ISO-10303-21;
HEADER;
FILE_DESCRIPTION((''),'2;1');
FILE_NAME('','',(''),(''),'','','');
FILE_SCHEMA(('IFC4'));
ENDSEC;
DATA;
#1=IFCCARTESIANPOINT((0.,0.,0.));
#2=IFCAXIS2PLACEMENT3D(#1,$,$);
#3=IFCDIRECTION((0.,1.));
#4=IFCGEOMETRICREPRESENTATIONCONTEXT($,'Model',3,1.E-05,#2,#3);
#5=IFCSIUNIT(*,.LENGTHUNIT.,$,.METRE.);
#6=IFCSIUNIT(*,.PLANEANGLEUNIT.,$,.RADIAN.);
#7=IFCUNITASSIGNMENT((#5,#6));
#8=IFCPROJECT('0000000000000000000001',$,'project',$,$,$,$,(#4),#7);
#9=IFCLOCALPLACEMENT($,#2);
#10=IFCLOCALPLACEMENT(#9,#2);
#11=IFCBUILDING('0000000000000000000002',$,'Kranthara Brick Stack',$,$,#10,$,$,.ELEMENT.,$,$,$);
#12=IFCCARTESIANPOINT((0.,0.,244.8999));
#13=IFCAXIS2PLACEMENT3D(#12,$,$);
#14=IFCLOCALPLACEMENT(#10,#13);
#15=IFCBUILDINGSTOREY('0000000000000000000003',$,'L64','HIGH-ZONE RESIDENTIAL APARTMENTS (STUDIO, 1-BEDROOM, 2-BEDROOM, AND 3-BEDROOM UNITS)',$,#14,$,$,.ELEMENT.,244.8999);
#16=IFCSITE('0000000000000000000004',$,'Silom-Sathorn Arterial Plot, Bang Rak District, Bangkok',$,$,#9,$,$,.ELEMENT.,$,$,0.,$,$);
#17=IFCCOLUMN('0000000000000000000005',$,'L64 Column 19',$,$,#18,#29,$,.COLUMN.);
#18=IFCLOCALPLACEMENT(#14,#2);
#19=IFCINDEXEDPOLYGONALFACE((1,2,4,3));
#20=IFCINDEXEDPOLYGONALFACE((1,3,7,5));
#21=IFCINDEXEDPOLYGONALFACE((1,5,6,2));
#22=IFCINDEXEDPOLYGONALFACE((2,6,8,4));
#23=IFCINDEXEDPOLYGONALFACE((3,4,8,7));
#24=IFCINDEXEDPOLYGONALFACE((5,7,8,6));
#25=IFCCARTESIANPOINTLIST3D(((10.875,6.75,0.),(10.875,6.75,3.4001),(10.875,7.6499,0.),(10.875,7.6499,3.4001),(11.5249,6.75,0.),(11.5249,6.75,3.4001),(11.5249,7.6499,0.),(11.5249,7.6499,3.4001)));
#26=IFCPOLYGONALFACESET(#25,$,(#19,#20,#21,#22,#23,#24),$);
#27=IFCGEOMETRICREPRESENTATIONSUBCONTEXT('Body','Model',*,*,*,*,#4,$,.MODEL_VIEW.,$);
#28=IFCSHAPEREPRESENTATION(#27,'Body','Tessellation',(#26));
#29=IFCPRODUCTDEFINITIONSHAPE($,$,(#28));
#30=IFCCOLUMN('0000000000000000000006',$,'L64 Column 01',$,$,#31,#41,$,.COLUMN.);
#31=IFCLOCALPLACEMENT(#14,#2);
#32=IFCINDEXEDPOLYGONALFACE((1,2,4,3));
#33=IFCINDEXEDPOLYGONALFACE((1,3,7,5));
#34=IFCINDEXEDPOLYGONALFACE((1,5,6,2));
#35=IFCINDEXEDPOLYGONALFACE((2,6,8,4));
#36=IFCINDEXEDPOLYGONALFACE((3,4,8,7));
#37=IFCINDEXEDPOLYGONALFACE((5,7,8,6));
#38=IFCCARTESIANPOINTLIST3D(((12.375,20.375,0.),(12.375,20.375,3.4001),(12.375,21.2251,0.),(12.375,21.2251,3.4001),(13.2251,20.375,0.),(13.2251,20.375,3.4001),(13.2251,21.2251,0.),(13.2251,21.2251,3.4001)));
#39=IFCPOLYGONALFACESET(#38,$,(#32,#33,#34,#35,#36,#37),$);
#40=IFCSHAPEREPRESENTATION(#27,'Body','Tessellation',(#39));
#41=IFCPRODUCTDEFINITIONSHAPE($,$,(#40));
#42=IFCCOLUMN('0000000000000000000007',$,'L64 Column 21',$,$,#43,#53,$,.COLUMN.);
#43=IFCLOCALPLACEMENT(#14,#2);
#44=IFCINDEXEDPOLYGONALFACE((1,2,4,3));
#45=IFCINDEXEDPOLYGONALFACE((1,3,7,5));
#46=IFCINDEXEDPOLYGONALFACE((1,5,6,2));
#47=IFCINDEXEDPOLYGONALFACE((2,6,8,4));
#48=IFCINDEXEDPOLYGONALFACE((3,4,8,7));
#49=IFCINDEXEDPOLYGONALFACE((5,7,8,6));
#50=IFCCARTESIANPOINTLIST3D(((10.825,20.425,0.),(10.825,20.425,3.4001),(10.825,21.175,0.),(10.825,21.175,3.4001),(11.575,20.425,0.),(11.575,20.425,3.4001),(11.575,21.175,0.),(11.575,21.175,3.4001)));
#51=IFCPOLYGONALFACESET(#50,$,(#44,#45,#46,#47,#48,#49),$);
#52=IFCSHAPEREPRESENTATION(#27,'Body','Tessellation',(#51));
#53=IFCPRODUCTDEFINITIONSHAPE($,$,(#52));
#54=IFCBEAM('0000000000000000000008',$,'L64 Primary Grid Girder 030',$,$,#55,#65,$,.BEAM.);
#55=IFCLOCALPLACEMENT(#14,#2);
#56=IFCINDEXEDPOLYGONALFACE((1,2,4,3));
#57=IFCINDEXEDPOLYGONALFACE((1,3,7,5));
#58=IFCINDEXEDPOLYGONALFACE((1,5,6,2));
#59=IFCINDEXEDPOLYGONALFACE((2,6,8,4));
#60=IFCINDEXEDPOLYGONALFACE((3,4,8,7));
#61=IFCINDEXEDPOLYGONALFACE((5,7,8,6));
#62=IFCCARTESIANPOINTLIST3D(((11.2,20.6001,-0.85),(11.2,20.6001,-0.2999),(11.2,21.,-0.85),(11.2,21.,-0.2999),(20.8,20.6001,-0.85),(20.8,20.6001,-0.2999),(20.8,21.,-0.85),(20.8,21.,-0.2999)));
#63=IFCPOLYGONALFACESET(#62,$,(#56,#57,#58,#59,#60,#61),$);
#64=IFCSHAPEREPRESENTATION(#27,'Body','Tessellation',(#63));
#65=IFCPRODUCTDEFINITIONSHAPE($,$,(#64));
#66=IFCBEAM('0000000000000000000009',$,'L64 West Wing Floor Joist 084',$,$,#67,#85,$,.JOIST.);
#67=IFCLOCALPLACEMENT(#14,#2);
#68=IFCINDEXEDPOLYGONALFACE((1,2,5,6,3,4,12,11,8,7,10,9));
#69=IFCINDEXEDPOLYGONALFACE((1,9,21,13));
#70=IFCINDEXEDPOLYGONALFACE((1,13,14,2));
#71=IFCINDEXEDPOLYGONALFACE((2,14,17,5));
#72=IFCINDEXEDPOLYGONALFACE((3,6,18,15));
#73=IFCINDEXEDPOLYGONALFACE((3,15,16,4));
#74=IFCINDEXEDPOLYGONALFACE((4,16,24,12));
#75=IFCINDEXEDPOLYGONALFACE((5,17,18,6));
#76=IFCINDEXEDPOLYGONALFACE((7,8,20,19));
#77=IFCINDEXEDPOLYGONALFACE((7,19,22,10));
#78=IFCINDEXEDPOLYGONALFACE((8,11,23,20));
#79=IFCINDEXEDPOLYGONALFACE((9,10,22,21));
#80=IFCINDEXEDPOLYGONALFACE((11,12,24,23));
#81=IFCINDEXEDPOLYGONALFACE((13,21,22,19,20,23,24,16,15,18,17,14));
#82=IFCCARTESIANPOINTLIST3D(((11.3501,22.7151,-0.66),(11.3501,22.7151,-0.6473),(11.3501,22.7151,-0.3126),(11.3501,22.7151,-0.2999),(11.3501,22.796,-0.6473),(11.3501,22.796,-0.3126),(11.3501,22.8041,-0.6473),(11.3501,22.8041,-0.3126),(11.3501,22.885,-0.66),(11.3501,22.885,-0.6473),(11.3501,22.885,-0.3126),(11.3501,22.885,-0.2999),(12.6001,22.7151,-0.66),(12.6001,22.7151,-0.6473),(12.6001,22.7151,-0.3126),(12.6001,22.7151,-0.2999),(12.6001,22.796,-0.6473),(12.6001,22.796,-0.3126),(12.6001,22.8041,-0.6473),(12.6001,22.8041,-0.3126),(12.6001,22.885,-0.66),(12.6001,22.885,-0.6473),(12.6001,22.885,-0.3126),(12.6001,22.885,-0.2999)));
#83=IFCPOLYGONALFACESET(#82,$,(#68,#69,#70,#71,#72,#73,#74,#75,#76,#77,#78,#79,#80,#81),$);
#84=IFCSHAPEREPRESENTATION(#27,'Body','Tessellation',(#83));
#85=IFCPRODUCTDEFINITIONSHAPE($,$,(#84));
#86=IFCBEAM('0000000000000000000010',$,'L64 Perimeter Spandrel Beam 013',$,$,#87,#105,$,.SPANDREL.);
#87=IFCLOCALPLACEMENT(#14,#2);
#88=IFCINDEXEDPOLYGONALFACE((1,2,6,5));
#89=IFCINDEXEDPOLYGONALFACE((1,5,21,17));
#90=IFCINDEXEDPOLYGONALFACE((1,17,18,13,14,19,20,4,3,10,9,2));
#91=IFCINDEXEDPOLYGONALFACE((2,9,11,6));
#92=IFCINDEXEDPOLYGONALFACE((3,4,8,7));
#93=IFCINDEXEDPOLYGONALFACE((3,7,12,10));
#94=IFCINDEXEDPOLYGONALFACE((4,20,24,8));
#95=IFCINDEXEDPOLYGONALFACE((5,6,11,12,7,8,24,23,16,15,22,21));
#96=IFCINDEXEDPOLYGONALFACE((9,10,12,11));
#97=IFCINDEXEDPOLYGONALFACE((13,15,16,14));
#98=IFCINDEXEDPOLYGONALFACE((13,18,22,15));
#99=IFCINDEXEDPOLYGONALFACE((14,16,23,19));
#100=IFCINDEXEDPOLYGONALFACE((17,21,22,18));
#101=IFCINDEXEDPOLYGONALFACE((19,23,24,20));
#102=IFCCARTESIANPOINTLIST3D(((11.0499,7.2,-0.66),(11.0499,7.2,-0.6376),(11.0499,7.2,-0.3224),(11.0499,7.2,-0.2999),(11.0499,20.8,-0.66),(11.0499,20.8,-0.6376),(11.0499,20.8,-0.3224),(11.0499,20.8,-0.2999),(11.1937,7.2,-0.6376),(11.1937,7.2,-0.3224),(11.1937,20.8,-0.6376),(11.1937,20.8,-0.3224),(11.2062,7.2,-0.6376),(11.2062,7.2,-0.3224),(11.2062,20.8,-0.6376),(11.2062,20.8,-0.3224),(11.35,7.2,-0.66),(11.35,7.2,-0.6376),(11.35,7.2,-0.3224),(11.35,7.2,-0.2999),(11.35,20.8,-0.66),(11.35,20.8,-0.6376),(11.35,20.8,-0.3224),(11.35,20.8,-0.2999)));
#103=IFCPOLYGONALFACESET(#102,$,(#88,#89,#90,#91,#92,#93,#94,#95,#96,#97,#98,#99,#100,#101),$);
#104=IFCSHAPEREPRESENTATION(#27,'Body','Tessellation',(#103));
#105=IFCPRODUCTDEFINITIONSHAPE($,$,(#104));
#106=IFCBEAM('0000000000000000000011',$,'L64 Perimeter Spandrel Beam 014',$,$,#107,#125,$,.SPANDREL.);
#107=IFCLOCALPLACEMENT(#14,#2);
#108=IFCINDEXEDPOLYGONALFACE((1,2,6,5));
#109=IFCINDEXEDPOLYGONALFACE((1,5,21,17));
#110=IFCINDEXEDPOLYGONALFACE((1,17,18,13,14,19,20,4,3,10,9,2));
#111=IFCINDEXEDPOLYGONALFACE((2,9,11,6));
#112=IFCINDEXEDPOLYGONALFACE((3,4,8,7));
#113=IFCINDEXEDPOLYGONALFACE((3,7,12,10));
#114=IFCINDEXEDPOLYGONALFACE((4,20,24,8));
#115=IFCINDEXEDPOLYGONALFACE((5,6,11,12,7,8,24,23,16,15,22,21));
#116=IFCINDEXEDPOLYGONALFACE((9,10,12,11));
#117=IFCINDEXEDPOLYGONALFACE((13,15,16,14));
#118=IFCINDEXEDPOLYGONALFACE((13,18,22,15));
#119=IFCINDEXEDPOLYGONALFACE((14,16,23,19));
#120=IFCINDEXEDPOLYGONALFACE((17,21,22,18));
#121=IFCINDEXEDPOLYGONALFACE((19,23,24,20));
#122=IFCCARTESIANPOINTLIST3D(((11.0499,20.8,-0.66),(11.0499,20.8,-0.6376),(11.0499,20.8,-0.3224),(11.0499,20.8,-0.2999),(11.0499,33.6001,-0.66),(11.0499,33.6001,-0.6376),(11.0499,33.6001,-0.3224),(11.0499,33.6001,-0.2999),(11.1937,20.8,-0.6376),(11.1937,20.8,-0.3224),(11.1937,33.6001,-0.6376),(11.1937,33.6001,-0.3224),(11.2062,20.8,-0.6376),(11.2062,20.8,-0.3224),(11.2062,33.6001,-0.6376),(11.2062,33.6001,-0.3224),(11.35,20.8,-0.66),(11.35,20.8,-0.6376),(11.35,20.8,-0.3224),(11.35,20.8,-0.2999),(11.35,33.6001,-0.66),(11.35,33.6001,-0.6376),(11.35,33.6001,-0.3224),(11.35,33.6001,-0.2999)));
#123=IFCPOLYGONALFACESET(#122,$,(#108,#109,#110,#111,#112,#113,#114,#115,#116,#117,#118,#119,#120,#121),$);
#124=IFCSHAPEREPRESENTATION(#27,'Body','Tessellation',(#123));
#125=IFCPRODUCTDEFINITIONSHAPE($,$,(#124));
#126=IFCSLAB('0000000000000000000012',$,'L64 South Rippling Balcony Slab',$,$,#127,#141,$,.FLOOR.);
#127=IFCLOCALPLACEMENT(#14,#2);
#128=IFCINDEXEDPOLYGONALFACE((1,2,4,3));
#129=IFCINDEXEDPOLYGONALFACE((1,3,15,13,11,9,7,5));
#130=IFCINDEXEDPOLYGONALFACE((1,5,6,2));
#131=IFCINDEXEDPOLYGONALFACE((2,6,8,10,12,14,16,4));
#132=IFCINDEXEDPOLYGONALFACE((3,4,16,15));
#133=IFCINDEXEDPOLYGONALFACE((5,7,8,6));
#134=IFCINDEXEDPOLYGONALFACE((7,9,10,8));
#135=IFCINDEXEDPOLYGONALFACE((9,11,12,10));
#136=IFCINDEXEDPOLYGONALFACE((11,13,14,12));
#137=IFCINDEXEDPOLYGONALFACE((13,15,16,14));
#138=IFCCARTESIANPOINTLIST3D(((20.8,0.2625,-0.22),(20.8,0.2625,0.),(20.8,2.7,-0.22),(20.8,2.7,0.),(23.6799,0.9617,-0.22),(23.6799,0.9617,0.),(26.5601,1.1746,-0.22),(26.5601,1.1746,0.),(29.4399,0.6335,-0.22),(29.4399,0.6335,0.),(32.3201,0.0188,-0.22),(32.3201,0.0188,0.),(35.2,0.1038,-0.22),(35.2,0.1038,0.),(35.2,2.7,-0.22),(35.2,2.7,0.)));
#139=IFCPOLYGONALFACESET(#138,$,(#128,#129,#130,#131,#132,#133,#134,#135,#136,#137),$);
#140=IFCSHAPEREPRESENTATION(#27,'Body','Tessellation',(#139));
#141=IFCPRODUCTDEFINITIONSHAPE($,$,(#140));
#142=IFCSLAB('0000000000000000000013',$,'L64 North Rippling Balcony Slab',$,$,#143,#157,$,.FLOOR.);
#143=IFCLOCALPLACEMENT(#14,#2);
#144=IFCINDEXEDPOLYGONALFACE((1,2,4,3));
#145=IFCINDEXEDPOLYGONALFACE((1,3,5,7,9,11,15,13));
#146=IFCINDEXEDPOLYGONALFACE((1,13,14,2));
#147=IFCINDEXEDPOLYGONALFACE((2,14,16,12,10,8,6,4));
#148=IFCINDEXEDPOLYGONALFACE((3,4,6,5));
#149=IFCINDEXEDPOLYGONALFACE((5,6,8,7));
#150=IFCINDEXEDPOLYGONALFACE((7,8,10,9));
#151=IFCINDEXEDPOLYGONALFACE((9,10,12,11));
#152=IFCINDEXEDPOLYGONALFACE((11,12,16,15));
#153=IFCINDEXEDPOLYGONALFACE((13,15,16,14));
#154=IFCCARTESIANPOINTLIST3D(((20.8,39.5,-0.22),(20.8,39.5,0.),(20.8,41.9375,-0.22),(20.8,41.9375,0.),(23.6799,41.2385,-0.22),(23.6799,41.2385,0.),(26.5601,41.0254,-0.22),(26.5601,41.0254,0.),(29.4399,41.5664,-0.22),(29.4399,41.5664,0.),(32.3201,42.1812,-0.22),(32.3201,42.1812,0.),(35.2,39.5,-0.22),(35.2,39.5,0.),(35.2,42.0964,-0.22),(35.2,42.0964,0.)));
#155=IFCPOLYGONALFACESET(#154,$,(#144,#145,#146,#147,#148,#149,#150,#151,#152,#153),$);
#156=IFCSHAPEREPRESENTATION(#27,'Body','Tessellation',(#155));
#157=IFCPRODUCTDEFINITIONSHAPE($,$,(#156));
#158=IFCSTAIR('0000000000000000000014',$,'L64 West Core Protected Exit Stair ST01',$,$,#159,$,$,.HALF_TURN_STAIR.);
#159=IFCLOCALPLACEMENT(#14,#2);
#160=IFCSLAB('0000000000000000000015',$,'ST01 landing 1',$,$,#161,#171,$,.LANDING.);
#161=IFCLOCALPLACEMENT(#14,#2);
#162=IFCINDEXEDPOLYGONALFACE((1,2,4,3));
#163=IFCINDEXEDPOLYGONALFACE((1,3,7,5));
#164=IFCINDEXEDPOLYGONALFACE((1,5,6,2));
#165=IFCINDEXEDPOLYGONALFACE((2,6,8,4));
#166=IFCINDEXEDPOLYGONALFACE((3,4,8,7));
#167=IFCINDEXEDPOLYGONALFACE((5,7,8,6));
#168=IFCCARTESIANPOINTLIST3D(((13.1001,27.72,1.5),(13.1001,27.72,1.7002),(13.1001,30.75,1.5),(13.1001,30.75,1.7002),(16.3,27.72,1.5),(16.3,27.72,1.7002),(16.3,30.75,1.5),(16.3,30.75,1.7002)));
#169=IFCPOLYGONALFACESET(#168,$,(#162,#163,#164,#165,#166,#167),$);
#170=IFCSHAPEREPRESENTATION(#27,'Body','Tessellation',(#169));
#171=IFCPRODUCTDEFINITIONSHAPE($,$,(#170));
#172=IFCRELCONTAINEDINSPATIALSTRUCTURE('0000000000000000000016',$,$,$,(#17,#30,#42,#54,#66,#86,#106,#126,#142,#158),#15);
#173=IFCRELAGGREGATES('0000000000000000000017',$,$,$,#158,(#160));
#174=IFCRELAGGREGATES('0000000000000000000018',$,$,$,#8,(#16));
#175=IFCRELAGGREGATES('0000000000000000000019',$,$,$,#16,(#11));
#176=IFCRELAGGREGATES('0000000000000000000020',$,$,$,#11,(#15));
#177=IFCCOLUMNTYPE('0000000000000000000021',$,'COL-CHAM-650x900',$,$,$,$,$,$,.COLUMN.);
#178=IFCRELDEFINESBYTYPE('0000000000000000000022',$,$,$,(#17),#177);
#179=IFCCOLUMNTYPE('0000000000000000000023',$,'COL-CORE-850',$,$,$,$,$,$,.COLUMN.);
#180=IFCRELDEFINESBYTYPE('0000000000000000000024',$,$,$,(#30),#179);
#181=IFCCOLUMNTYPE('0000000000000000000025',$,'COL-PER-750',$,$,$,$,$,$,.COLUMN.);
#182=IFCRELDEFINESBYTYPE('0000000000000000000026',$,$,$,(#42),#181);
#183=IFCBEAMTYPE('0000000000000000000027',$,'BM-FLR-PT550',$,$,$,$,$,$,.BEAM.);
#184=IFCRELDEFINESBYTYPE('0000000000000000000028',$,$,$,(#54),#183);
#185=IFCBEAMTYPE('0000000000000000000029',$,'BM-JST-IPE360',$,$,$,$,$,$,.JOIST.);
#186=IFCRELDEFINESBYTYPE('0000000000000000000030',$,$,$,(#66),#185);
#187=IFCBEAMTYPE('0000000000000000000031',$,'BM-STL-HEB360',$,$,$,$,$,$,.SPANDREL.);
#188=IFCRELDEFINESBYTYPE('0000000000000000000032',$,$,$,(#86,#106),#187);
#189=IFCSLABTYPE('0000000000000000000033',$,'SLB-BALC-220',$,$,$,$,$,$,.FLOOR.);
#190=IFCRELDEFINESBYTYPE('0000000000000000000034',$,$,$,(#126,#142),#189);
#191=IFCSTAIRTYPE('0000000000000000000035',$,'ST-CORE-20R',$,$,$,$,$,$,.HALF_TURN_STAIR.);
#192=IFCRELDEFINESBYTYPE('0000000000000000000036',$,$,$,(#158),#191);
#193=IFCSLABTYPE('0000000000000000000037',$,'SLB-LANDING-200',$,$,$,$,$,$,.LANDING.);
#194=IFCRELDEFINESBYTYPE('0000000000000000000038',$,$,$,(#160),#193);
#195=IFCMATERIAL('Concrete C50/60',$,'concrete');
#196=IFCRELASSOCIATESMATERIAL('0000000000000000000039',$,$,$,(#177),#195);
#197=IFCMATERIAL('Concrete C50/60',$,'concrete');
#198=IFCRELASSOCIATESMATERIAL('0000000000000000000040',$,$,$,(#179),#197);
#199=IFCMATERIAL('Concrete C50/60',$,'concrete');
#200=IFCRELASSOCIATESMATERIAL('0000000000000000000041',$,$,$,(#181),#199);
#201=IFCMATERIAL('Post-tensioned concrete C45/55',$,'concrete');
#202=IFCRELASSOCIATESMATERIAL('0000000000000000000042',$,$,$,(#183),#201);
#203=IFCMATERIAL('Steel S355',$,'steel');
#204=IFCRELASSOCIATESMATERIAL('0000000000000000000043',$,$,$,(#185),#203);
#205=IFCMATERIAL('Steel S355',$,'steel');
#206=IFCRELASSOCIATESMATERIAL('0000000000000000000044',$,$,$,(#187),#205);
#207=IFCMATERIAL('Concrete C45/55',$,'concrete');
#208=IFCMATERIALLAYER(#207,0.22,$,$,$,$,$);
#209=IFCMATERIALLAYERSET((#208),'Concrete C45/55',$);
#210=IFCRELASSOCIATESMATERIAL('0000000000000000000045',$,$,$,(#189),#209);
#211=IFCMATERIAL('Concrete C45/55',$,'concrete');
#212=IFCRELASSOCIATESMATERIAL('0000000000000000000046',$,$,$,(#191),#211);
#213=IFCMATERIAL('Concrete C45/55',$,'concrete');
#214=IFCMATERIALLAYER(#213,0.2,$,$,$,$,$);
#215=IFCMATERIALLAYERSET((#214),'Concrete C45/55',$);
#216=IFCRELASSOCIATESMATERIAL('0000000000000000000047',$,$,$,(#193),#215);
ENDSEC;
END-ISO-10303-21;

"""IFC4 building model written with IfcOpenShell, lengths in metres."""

from ifc_helpers import new_model, si_unit, direction, frame, origin, origin_2d, place, context, subcontext, project, spatial, polyline, rectangle, i_section, outline, extrude, material, layer, layer_set, material_profile, profile_set, type_object, element, aggregate, save


model = new_model("IFC4")

# Units and contexts
model_context = context("Model", 3, precision=1e-05, world=origin(), true_north=direction((0.0, 1.0)))
body_context = subcontext(model_context, "Body", "Model", "MODEL_VIEW")
ifc_project = project(units=[si_unit("LENGTHUNIT", "METRE"), si_unit("PLANEANGLEUNIT", "RADIAN")], contexts=[model_context])

# Site, building, storey
site_placement = place(None, origin())
site = spatial("IfcSite", under=ifc_project, at=site_placement, Name="Silom-Sathorn Arterial Plot, Bang Rak District, Bangkok", CompositionType="ELEMENT", RefElevation=0.0)
building_placement = place(site_placement, origin())
building = spatial("IfcBuilding", under=site, at=building_placement, Name="Kranthara Brick Stack", CompositionType="ELEMENT")
storey_placement = place(building_placement, frame((0.0, 0.0, 244.8999)))
storey = spatial("IfcBuildingStorey", under=building, at=storey_placement, Name="L64", Description="HIGH-ZONE RESIDENTIAL APARTMENTS (STUDIO, 1-BEDROOM, 2-BEDROOM, AND 3-BEDROOM UNITS)", CompositionType="ELEMENT", Elevation=244.8999)

# Columns
ifc_material_1 = material(Name="Concrete C50/60", Category="concrete")
ifc_material_profile_1 = material_profile(ifc_material_1, rectangle(XDim=0.6499, YDim=0.8999, at=origin_2d()), Name="RC 650x900")
ifc_profile_set_1 = profile_set([ifc_material_profile_1], Name="Concrete C50/60")
column_type_1 = type_object("IfcColumnType", Name="COL-CHAM-650x900", PredefinedType="COLUMN", material=ifc_profile_set_1)
column_1_placement = place(storey_placement, frame((11.2, 7.2, 0.0), z_axis=(0.0, 0.0, 1.0), x_axis=(1.0, 0.0, 0.0)))
element("IfcColumn", 1, at=column_1_placement, inside=storey, type_object=column_type_1, Name="L64 Column 19", PredefinedType="COLUMN", context=body_context, shape_type="SweptSolid", body=[
    extrude(rectangle(XDim=0.6499, YDim=0.8999, at=origin_2d()), origin(), (0.0, 0.0, 1.0), 3.4001),
])
ifc_material_2 = material(Name="Concrete C50/60", Category="concrete")
ifc_material_profile_2 = material_profile(ifc_material_2, rectangle(XDim=0.8501, YDim=0.8501, at=origin_2d()), Name="RC 850x850")
ifc_profile_set_2 = profile_set([ifc_material_profile_2], Name="Concrete C50/60")
column_type_2 = type_object("IfcColumnType", Name="COL-CORE-850", PredefinedType="COLUMN", material=ifc_profile_set_2)
column_2_placement = place(storey_placement, frame((12.8, 20.8, 0.0), z_axis=(0.0, 0.0, 1.0), x_axis=(1.0, 0.0, 0.0)))
element("IfcColumn", 2, at=column_2_placement, inside=storey, type_object=column_type_2, Name="L64 Column 01", PredefinedType="COLUMN", context=body_context, shape_type="SweptSolid", body=[
    extrude(rectangle(XDim=0.8501, YDim=0.8501, at=origin_2d()), origin(), (0.0, 0.0, 1.0), 3.4001),
])
ifc_material_3 = material(Name="Concrete C50/60", Category="concrete")
ifc_material_profile_3 = material_profile(ifc_material_3, rectangle(XDim=0.75, YDim=0.75, at=origin_2d()), Name="RC 750x750")
ifc_profile_set_3 = profile_set([ifc_material_profile_3], Name="Concrete C50/60")
column_type_3 = type_object("IfcColumnType", Name="COL-PER-750", PredefinedType="COLUMN", material=ifc_profile_set_3)
column_3_placement = place(storey_placement, frame((11.2, 20.8, 0.0), z_axis=(0.0, 0.0, 1.0), x_axis=(1.0, 0.0, 0.0)))
element("IfcColumn", 3, at=column_3_placement, inside=storey, type_object=column_type_3, Name="L64 Column 21", PredefinedType="COLUMN", context=body_context, shape_type="SweptSolid", body=[
    extrude(rectangle(XDim=0.75, YDim=0.75, at=origin_2d()), origin(), (0.0, 0.0, 1.0), 3.4001),
])

# Beams
ifc_material_4 = material(Name="Post-tensioned concrete C45/55", Category="concrete")
ifc_material_profile_4 = material_profile(ifc_material_4, rectangle(XDim=0.3999, YDim=0.55, at=origin_2d()), Name="PT 400x550")
ifc_profile_set_4 = profile_set([ifc_material_profile_4], Name="Post-tensioned concrete C45/55")
beam_type_1 = type_object("IfcBeamType", Name="BM-FLR-PT550", PredefinedType="BEAM", material=ifc_profile_set_4)
beam_1_placement = place(storey_placement, frame((11.2, 20.8, -0.575), z_axis=(1.0, 0.0, 0.0), x_axis=(0.0, 1.0, 0.0)))
element("IfcBeam", 4, at=beam_1_placement, inside=storey, type_object=beam_type_1, Name="L64 Primary Grid Girder 030", PredefinedType="BEAM", context=body_context, shape_type="SweptSolid", body=[
    extrude(rectangle(XDim=0.3999, YDim=0.55, at=origin_2d()), origin(), (0.0, 0.0, 1.0), 9.6001),
])
ifc_material_5 = material(Name="Steel S355", Category="steel")
ifc_material_profile_5 = material_profile(ifc_material_5, i_section(OverallWidth=0.1699, OverallDepth=0.3601, WebThickness=0.0081, FlangeThickness=0.0127, at=origin_2d()), Name="IPE 360")
ifc_profile_set_5 = profile_set([ifc_material_profile_5], Name="Steel S355")
beam_type_2 = type_object("IfcBeamType", Name="BM-JST-IPE360", PredefinedType="JOIST", material=ifc_profile_set_5)
beam_2_placement = place(storey_placement, frame((11.3501, 22.8, -0.48), z_axis=(1.0, 0.0, 0.0), x_axis=(0.0, 1.0, 0.0)))
element("IfcBeam", 5, at=beam_2_placement, inside=storey, type_object=beam_type_2, Name="L64 West Wing Floor Joist 084", PredefinedType="JOIST", context=body_context, shape_type="SweptSolid", body=[
    extrude(i_section(OverallWidth=0.1699, OverallDepth=0.3601, WebThickness=0.0081, FlangeThickness=0.0127, at=origin_2d()), origin(), (0.0, 0.0, 1.0), 1.25),
])
ifc_material_6 = material(Name="Steel S355", Category="steel")
ifc_material_profile_6 = material_profile(ifc_material_6, i_section(OverallWidth=0.3, OverallDepth=0.3601, WebThickness=0.0125, FlangeThickness=0.0225, at=origin_2d()), Name="HEB 360")
ifc_profile_set_6 = profile_set([ifc_material_profile_6], Name="Steel S355")
beam_type_3 = type_object("IfcBeamType", Name="BM-STL-HEB360", PredefinedType="SPANDREL", material=ifc_profile_set_6)
beam_3_placement = place(storey_placement, frame((11.2, 7.2, -0.48), z_axis=(0.0, 1.0, 0.0), x_axis=(-1.0, 0.0, 0.0)))
element("IfcBeam", 6, at=beam_3_placement, inside=storey, type_object=beam_type_3, Name="L64 Perimeter Spandrel Beam 013", PredefinedType="SPANDREL", context=body_context, shape_type="SweptSolid", body=[
    extrude(i_section(OverallWidth=0.3, OverallDepth=0.3601, WebThickness=0.0125, FlangeThickness=0.0225, at=origin_2d()), origin(), (0.0, 0.0, 1.0), 13.6001),
])
beam_4_placement = place(storey_placement, frame((11.2, 20.8, -0.48), z_axis=(0.0, 1.0, 0.0), x_axis=(-1.0, 0.0, 0.0)))
element("IfcBeam", 7, at=beam_4_placement, inside=storey, type_object=beam_type_3, Name="L64 Perimeter Spandrel Beam 014", PredefinedType="SPANDREL", context=body_context, shape_type="SweptSolid", body=[
    extrude(i_section(OverallWidth=0.3, OverallDepth=0.3601, WebThickness=0.0125, FlangeThickness=0.0225, at=origin_2d()), origin(), (0.0, 0.0, 1.0), 12.8),
])

# Slabs
ifc_material_7 = material(Name="Concrete C45/55", Category="concrete")
ifc_layer_1 = layer(ifc_material_7, 0.22)
ifc_layer_set_1 = layer_set([ifc_layer_1], Name="Concrete C45/55")
slab_type_1 = type_object("IfcSlabType", Name="SLB-BALC-220", PredefinedType="FLOOR", material=ifc_layer_set_1)
slab_1_placement = place(storey_placement, frame((0.0, 0.0, -0.22)))
element("IfcSlab", 8, at=slab_1_placement, inside=storey, type_object=slab_type_1, Name="L64 South Rippling Balcony Slab", PredefinedType="FLOOR", context=body_context, shape_type="SweptSolid", body=[
    extrude(outline(polyline([(20.8, 2.7), (35.2, 2.7), (35.2, 0.1038), (32.3201, 0.0188), (29.4399, 0.6335), (26.5601, 1.1746), (23.6799, 0.9617), (20.8, 0.2625), (20.8, 2.7)])), origin(), (0.0, 0.0, 1.0), 0.22),
])
slab_2_placement = place(storey_placement, frame((0.0, 0.0, -0.22)))
element("IfcSlab", 9, at=slab_2_placement, inside=storey, type_object=slab_type_1, Name="L64 North Rippling Balcony Slab", PredefinedType="FLOOR", context=body_context, shape_type="SweptSolid", body=[
    extrude(outline(polyline([(35.2, 39.5), (20.8, 39.5), (20.8, 41.9375), (23.6799, 41.2385), (26.5601, 41.0254), (29.4399, 41.5664), (32.3201, 42.1812), (35.2, 42.0964), (35.2, 39.5)])), origin(), (0.0, 0.0, 1.0), 0.22),
])

# Stair, slab
ifc_material_8 = material(Name="Concrete C45/55", Category="concrete")
stair_type = type_object("IfcStairType", Name="ST-CORE-20R", PredefinedType="HALF_TURN_STAIR", material=ifc_material_8)
stair_1_placement = place(storey_placement, origin())
stair_1 = element("IfcStair", 10, at=stair_1_placement, inside=storey, type_object=stair_type, Name="L64 West Core Protected Exit Stair ST01", PredefinedType="HALF_TURN_STAIR")
ifc_material_9 = material(Name="Concrete C45/55", Category="concrete")
ifc_layer_2 = layer(ifc_material_9, 0.2)
ifc_layer_set_2 = layer_set([ifc_layer_2], Name="Concrete C45/55")
slab_type_2 = type_object("IfcSlabType", Name="SLB-LANDING-200", PredefinedType="LANDING", material=ifc_layer_set_2)
slab_3_placement = place(storey_placement, frame((0.0, 0.0, 1.5)))
slab_3 = element("IfcSlab", 11, at=slab_3_placement, type_object=slab_type_2, Name="ST01 landing 1", PredefinedType="LANDING", context=body_context, shape_type="SweptSolid", body=[
    extrude(outline(polyline([(16.3, 27.72), (16.3, 30.75), (13.1001, 30.75), (13.1001, 27.72), (16.3, 27.72)])), origin(), (0.0, 0.0, 1.0), 0.2002),
])
aggregate(stair_1, [slab_3])

save(model, "model.ifc")
